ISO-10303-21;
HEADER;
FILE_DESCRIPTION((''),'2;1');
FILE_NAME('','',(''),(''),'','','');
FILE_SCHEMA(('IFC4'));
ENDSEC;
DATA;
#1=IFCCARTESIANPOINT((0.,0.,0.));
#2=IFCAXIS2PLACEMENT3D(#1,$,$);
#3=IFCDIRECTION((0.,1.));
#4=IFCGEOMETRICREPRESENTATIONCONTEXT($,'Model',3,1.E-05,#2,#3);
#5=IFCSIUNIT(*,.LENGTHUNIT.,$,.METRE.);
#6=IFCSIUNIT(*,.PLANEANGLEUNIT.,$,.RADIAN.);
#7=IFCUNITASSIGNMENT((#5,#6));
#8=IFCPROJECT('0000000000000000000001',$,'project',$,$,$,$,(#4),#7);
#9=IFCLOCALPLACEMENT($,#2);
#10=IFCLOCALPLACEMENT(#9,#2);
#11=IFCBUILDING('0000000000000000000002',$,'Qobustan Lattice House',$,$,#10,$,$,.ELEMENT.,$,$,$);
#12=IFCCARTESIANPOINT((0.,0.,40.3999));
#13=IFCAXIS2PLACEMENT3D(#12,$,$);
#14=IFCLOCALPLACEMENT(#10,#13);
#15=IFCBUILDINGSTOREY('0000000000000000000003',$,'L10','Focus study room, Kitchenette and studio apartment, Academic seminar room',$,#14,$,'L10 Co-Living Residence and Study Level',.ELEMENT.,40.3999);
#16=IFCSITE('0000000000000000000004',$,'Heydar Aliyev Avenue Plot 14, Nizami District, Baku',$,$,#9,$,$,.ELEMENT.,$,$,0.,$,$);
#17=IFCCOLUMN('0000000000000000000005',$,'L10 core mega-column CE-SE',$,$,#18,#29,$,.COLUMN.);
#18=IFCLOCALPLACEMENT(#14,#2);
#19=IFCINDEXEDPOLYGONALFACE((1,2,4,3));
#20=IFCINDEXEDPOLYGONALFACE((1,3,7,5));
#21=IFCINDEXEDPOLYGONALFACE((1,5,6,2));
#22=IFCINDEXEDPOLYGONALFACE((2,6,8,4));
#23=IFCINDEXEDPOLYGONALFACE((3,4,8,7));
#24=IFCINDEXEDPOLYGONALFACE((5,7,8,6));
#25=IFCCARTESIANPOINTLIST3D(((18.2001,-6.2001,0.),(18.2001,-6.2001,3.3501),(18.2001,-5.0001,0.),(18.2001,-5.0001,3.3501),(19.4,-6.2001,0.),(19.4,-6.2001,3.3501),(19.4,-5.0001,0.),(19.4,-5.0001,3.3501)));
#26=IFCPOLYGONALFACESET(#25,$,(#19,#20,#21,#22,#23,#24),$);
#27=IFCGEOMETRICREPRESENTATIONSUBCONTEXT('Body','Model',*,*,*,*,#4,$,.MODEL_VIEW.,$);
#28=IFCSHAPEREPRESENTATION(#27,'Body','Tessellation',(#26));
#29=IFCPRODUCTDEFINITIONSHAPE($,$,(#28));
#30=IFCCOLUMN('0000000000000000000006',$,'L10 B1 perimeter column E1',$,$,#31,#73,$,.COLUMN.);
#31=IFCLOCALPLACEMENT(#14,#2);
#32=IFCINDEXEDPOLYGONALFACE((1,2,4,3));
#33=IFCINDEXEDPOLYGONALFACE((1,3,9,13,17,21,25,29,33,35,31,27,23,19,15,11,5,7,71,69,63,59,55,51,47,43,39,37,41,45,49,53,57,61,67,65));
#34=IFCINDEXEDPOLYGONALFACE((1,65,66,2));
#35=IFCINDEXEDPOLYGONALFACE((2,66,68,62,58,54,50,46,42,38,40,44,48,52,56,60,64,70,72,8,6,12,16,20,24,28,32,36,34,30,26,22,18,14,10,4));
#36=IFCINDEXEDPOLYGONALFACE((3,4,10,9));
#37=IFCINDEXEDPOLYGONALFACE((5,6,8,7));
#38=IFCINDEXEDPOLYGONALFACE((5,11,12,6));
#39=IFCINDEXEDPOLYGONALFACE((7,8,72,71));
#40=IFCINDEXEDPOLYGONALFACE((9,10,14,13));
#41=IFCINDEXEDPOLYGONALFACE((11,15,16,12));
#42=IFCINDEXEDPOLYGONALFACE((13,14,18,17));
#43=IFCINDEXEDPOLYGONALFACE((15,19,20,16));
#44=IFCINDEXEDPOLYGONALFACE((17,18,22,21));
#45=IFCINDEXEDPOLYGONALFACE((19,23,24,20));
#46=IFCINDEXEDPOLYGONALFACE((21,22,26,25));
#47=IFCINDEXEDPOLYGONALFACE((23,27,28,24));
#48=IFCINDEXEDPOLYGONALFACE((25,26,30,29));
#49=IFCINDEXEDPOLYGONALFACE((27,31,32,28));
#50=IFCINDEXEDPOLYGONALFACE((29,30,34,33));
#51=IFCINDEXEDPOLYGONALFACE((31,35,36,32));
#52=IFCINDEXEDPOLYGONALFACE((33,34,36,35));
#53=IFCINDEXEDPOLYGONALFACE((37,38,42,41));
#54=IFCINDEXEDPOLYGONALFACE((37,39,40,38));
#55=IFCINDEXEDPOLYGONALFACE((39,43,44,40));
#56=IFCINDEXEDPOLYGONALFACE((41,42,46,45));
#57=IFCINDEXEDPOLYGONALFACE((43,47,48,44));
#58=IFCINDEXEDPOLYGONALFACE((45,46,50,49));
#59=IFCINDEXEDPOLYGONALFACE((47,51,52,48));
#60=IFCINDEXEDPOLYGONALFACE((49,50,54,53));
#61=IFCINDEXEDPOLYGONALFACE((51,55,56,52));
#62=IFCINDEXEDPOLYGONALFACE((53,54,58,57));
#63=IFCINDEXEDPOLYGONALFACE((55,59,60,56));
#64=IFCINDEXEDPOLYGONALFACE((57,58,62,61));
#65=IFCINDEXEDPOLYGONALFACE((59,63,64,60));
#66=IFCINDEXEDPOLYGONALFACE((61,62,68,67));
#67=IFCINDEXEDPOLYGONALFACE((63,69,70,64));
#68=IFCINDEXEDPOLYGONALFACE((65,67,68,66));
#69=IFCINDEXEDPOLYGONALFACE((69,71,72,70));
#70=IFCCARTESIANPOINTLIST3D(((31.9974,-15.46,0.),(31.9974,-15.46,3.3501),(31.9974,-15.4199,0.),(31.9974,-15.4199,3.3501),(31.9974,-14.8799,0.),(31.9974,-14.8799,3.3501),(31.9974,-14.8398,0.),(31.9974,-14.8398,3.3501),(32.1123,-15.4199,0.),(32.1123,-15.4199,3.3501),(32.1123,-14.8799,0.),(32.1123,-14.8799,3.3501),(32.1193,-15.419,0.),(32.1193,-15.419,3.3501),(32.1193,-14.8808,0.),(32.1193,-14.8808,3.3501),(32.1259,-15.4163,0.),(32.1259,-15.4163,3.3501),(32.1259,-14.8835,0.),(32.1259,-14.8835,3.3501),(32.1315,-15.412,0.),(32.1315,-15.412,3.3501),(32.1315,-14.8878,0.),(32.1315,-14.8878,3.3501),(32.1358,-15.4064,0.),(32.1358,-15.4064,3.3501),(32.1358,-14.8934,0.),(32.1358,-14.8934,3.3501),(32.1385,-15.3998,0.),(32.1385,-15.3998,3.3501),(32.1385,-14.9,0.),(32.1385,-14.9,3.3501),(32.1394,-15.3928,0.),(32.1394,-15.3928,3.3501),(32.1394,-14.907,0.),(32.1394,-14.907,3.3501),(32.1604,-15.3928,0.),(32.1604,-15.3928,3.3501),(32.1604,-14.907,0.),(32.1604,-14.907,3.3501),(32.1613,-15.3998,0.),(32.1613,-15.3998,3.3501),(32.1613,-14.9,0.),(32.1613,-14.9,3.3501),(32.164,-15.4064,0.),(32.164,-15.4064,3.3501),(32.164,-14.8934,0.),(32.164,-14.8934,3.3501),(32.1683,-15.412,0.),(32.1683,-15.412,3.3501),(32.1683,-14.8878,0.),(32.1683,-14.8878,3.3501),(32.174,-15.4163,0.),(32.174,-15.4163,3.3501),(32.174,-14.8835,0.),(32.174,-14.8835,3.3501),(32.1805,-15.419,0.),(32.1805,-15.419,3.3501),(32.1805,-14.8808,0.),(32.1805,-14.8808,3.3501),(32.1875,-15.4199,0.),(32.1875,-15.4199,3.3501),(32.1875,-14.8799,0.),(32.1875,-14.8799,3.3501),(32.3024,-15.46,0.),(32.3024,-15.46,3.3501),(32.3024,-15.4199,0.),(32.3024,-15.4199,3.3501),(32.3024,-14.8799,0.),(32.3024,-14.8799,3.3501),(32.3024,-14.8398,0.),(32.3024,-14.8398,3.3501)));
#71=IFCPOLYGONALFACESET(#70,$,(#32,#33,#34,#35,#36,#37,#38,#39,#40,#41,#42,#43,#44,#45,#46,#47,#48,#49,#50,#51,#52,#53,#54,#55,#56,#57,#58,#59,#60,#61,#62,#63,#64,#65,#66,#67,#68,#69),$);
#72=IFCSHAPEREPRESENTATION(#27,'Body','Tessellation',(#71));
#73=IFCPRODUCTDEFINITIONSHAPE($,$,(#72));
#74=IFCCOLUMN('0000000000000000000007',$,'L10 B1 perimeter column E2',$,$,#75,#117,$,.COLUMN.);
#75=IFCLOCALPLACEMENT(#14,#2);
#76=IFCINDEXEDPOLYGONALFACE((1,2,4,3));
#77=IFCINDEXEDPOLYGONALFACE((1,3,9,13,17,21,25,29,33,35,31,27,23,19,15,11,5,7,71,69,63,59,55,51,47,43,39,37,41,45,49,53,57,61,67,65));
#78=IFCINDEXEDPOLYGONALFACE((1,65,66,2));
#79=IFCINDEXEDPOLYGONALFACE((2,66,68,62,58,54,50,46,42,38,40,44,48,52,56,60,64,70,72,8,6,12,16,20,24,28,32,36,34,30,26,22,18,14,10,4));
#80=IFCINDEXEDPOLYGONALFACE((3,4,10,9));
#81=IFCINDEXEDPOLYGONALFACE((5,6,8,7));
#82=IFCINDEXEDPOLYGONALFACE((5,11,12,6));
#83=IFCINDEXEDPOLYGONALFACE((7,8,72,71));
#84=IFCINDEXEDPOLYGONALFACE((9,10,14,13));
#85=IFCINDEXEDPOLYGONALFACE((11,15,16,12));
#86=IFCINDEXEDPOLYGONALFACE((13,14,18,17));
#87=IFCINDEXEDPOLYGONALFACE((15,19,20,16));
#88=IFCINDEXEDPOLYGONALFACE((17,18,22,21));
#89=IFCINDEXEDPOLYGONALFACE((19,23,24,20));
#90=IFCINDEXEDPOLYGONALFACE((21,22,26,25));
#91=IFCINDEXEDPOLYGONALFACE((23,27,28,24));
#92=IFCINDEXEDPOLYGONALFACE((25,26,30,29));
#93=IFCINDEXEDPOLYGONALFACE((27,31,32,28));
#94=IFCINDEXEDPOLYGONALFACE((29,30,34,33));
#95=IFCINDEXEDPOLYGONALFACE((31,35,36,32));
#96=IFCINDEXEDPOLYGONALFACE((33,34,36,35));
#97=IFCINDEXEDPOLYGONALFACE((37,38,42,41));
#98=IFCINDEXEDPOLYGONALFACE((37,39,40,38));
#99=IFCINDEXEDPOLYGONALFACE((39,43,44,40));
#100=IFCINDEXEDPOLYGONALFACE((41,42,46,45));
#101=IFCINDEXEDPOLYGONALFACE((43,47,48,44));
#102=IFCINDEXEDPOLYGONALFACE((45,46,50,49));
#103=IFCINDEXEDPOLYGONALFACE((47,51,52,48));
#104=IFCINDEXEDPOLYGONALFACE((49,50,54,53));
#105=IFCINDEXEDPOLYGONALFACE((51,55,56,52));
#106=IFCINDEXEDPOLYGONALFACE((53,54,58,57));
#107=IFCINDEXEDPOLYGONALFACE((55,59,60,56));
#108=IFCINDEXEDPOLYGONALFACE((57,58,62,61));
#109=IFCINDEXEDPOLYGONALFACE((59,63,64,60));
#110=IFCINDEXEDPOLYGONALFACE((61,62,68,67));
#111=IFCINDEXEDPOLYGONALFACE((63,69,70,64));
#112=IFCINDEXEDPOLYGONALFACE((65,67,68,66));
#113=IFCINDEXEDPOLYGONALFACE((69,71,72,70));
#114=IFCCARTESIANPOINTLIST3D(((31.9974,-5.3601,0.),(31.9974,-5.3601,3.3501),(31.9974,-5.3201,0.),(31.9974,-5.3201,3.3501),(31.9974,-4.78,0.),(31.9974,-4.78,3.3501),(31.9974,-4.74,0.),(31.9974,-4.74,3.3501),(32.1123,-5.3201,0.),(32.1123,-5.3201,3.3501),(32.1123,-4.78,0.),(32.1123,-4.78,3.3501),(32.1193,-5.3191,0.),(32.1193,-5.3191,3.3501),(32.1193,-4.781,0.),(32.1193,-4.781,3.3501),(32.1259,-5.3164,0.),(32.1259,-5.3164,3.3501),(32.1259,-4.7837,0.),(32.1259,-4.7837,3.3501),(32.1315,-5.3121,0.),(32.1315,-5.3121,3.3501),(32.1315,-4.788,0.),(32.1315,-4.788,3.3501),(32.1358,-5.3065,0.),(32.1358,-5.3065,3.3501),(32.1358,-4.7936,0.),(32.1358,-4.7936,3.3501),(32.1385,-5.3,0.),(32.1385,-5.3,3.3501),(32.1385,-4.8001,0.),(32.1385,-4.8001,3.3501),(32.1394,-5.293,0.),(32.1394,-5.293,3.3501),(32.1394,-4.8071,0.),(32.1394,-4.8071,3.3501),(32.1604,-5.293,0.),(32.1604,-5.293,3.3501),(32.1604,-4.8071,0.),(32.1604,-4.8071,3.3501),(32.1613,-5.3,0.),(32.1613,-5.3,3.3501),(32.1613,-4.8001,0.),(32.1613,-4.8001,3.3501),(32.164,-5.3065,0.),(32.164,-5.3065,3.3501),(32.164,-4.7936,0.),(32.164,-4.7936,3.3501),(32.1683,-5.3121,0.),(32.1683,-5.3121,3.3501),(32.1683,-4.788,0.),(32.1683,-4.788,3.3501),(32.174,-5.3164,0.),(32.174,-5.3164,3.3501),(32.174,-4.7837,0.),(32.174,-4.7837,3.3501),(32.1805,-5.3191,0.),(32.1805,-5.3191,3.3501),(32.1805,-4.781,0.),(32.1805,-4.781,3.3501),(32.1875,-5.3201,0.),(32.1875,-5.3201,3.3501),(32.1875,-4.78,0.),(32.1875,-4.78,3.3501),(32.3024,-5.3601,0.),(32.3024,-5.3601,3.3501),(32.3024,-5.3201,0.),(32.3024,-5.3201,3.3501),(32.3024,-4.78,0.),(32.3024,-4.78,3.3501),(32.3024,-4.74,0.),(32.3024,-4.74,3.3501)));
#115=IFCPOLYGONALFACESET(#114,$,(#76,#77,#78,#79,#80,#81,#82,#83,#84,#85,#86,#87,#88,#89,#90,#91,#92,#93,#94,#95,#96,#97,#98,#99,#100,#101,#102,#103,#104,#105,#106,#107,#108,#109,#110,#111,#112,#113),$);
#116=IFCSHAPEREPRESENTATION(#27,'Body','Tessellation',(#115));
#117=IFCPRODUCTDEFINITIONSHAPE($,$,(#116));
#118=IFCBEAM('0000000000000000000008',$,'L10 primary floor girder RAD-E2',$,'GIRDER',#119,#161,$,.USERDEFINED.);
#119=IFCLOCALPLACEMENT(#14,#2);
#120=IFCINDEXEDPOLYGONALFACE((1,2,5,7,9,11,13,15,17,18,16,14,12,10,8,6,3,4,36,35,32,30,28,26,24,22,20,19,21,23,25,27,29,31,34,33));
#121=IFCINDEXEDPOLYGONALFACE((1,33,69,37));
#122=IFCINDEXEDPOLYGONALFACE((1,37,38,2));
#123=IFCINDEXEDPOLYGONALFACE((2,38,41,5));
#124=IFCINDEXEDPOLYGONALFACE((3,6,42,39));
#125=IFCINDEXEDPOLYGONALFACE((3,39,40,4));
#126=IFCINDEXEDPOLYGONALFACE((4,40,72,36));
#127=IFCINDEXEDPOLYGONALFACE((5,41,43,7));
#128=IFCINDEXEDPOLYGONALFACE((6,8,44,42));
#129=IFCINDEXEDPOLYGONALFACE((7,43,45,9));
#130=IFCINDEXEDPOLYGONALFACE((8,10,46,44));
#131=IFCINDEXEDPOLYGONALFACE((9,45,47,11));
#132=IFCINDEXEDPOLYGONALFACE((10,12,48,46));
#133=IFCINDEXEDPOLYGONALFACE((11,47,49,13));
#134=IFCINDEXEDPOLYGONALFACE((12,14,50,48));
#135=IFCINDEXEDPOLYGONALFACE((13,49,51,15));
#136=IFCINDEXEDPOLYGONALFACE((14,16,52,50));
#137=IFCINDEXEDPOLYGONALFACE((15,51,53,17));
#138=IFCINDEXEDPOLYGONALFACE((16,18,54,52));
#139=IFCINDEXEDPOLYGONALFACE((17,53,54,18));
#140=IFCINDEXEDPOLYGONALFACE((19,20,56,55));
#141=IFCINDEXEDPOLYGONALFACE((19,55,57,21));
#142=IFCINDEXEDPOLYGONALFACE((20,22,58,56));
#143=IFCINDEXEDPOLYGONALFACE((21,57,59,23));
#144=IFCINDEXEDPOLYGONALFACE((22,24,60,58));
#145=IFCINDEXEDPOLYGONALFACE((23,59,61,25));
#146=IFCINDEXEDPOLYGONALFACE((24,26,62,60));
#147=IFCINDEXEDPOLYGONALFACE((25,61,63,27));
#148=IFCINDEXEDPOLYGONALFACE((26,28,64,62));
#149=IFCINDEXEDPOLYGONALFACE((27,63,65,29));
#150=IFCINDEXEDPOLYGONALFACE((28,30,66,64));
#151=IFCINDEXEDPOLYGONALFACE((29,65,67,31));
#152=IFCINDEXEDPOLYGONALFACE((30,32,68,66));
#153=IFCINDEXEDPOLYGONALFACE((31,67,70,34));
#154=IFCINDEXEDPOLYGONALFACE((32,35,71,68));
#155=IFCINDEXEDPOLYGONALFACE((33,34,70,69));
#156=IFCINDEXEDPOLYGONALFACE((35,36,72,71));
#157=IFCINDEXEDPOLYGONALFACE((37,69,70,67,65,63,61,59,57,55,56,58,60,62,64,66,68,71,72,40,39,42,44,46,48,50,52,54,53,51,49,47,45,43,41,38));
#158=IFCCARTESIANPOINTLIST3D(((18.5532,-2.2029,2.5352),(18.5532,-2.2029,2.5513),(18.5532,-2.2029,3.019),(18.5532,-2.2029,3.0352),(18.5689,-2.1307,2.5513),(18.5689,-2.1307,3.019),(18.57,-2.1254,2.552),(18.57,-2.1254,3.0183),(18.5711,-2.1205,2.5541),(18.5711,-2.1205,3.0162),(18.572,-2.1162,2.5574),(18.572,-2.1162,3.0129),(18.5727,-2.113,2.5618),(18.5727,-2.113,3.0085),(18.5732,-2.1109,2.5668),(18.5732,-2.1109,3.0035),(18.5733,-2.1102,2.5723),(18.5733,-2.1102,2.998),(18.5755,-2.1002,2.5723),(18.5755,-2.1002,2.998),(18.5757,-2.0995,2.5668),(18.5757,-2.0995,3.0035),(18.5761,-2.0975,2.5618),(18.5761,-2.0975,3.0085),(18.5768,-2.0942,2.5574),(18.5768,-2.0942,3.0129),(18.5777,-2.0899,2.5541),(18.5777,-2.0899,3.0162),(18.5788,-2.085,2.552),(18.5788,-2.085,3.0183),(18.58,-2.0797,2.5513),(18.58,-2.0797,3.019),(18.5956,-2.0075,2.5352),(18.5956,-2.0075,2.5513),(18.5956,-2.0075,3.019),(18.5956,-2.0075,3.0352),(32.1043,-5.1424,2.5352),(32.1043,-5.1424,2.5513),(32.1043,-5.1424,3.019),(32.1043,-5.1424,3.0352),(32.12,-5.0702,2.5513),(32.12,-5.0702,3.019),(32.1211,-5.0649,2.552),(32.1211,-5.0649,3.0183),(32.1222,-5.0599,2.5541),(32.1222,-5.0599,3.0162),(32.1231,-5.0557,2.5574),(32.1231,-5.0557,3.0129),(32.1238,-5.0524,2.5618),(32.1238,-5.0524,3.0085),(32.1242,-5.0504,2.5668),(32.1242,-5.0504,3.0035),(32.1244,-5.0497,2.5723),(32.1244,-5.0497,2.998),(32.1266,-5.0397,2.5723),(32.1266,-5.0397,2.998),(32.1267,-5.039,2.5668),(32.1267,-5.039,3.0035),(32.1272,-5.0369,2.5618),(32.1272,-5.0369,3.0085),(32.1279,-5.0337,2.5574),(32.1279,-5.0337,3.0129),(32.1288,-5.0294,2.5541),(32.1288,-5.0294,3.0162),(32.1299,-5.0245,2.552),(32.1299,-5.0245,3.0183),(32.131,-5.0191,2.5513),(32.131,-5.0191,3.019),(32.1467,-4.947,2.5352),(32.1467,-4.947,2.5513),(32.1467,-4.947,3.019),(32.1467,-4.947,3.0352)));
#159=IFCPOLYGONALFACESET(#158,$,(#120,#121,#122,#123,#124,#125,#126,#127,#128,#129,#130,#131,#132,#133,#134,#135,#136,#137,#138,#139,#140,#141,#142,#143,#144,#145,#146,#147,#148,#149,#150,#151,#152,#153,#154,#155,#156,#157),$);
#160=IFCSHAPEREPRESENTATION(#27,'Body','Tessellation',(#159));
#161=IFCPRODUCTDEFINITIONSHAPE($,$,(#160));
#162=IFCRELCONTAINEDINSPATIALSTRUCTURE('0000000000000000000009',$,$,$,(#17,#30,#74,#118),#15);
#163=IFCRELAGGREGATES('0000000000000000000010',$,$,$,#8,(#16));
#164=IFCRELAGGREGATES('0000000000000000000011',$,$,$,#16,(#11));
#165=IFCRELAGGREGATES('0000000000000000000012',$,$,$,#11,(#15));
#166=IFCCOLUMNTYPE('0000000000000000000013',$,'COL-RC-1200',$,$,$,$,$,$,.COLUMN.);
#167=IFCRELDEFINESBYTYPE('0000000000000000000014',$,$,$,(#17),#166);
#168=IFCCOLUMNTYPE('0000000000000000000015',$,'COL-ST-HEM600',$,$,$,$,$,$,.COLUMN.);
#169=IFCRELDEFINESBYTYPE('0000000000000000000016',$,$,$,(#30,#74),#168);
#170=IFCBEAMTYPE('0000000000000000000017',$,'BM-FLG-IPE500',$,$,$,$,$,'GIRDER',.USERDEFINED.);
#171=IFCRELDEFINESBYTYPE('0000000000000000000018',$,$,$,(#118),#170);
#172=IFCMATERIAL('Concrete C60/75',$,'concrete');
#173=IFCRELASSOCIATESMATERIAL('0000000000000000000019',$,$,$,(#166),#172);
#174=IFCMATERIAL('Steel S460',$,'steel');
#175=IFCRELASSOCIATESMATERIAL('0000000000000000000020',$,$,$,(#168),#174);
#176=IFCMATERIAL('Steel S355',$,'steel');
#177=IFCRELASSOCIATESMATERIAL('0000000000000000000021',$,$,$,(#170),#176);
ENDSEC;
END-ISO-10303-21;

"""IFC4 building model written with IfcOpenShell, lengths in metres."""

from ifc_helpers import new_model, si_unit, direction, frame, origin, origin_2d, place, context, subcontext, project, spatial, rectangle, i_section, extrude, material, material_profile, profile_set, type_object, element, save


model = new_model("IFC4")

# Units and contexts
model_context = context("Model", 3, precision=1e-05, world=origin(), true_north=direction((0.0, 1.0)))
body_context = subcontext(model_context, "Body", "Model", "MODEL_VIEW")
ifc_project = project(units=[si_unit("LENGTHUNIT", "METRE"), si_unit("PLANEANGLEUNIT", "RADIAN")], contexts=[model_context])

# Site, building, storey
site_placement = place(None, origin())
site = spatial("IfcSite", under=ifc_project, at=site_placement, Name="Heydar Aliyev Avenue Plot 14, Nizami District, Baku", CompositionType="ELEMENT", RefElevation=0.0)
building_placement = place(site_placement, origin())
building = spatial("IfcBuilding", under=site, at=building_placement, Name="Qobustan Lattice House", CompositionType="ELEMENT")
storey_placement = place(building_placement, frame((0.0, 0.0, 40.3999)))
storey = spatial("IfcBuildingStorey", under=building, at=storey_placement, Name="L10", Description="Focus study room, Kitchenette and studio apartment, Academic seminar room", LongName="L10 Co-Living Residence and Study Level", CompositionType="ELEMENT", Elevation=40.3999)

# Columns
ifc_material_1 = material(Name="Concrete C60/75", Category="concrete")
ifc_material_profile_1 = material_profile(ifc_material_1, rectangle(XDim=1.2, YDim=1.2, at=origin_2d()), Name="RC1200x1200")
ifc_profile_set_1 = profile_set([ifc_material_profile_1], Name="Concrete C60/75")
column_type_1 = type_object("IfcColumnType", Name="COL-RC-1200", PredefinedType="COLUMN", material=ifc_profile_set_1)
column_placement = place(storey_placement, frame((18.8, -5.6001, 0.0), z_axis=(0.0, 0.0, 1.0), x_axis=(1.0, 0.0, 0.0)))
element("IfcColumn", 1, at=column_placement, inside=storey, type_object=column_type_1, Name="L10 core mega-column CE-SE", PredefinedType="COLUMN", context=body_context, shape_type="SweptSolid", body=[
    extrude(rectangle(XDim=1.2, YDim=1.2, at=origin_2d()), origin(), (0.0, 0.0, 1.0), 3.3501),
])
ifc_material_2 = material(Name="Steel S460", Category="steel")
ifc_material_profile_2 = material_profile(ifc_material_2, i_section(OverallWidth=0.3049, OverallDepth=0.6201, WebThickness=0.021, FlangeThickness=0.04, FilletRadius=0.0271, at=origin_2d()), Name="HEM600")
ifc_profile_set_2 = profile_set([ifc_material_profile_2], Name="Steel S460")
column_type_2 = type_object("IfcColumnType", Name="COL-ST-HEM600", PredefinedType="COLUMN", material=ifc_profile_set_2)
for number, where, z_axis, x_axis, name in (
    (2, (32.1499, -15.1499, 0.0), (0.0, 0.0, 1.0), (1.0, 0.0, 0.0), "L10 B1 perimeter column E1"),
    (3, (32.1499, -5.05, 0.0), (0.0, 0.0, 1.0), (1.0, 0.0, 0.0), "L10 B1 perimeter column E2"),
):
    element("IfcColumn", number, at=place(storey_placement, frame(where, z_axis=z_axis, x_axis=x_axis)), inside=storey, type_object=column_type_2, Name=name, PredefinedType="COLUMN", context=body_context, shape_type="SweptSolid", body=[
        extrude(i_section(OverallWidth=0.3049, OverallDepth=0.6201, WebThickness=0.021, FlangeThickness=0.04, FilletRadius=0.0271, at=origin_2d()), origin(), (0.0, 0.0, 1.0), 3.3501),
    ])

# Beam
ifc_material_3 = material(Name="Steel S355", Category="steel")
ifc_material_profile_3 = material_profile(ifc_material_3, i_section(OverallWidth=0.2, OverallDepth=0.5, WebThickness=0.0103, FlangeThickness=0.0161, FilletRadius=0.021, at=origin_2d()), Name="IPE500")
ifc_profile_set_3 = profile_set([ifc_material_profile_3], Name="Steel S355")
beam_type_1 = type_object("IfcBeamType", Name="BM-FLG-IPE500", ElementType="GIRDER", PredefinedType="USERDEFINED", material=ifc_profile_set_3)
beam_1_placement = place(storey_placement, frame((32.1255, -5.0447, 2.7852), z_axis=(-0.977272, 0.211987, 0.0), x_axis=(-0.211987, -0.977272, 0.0)))
element("IfcBeam", 4, at=beam_1_placement, inside=storey, type_object=beam_type_1, Name="L10 primary floor girder RAD-E2", ObjectType="GIRDER", PredefinedType="USERDEFINED", context=body_context, shape_type="SweptSolid", body=[
    extrude(i_section(OverallWidth=0.2, OverallDepth=0.5, WebThickness=0.0103, FlangeThickness=0.0161, FilletRadius=0.021, at=origin_2d()), origin(), (0.0, 0.0, 1.0), 13.8662),
])

save(model, "model.ifc")
